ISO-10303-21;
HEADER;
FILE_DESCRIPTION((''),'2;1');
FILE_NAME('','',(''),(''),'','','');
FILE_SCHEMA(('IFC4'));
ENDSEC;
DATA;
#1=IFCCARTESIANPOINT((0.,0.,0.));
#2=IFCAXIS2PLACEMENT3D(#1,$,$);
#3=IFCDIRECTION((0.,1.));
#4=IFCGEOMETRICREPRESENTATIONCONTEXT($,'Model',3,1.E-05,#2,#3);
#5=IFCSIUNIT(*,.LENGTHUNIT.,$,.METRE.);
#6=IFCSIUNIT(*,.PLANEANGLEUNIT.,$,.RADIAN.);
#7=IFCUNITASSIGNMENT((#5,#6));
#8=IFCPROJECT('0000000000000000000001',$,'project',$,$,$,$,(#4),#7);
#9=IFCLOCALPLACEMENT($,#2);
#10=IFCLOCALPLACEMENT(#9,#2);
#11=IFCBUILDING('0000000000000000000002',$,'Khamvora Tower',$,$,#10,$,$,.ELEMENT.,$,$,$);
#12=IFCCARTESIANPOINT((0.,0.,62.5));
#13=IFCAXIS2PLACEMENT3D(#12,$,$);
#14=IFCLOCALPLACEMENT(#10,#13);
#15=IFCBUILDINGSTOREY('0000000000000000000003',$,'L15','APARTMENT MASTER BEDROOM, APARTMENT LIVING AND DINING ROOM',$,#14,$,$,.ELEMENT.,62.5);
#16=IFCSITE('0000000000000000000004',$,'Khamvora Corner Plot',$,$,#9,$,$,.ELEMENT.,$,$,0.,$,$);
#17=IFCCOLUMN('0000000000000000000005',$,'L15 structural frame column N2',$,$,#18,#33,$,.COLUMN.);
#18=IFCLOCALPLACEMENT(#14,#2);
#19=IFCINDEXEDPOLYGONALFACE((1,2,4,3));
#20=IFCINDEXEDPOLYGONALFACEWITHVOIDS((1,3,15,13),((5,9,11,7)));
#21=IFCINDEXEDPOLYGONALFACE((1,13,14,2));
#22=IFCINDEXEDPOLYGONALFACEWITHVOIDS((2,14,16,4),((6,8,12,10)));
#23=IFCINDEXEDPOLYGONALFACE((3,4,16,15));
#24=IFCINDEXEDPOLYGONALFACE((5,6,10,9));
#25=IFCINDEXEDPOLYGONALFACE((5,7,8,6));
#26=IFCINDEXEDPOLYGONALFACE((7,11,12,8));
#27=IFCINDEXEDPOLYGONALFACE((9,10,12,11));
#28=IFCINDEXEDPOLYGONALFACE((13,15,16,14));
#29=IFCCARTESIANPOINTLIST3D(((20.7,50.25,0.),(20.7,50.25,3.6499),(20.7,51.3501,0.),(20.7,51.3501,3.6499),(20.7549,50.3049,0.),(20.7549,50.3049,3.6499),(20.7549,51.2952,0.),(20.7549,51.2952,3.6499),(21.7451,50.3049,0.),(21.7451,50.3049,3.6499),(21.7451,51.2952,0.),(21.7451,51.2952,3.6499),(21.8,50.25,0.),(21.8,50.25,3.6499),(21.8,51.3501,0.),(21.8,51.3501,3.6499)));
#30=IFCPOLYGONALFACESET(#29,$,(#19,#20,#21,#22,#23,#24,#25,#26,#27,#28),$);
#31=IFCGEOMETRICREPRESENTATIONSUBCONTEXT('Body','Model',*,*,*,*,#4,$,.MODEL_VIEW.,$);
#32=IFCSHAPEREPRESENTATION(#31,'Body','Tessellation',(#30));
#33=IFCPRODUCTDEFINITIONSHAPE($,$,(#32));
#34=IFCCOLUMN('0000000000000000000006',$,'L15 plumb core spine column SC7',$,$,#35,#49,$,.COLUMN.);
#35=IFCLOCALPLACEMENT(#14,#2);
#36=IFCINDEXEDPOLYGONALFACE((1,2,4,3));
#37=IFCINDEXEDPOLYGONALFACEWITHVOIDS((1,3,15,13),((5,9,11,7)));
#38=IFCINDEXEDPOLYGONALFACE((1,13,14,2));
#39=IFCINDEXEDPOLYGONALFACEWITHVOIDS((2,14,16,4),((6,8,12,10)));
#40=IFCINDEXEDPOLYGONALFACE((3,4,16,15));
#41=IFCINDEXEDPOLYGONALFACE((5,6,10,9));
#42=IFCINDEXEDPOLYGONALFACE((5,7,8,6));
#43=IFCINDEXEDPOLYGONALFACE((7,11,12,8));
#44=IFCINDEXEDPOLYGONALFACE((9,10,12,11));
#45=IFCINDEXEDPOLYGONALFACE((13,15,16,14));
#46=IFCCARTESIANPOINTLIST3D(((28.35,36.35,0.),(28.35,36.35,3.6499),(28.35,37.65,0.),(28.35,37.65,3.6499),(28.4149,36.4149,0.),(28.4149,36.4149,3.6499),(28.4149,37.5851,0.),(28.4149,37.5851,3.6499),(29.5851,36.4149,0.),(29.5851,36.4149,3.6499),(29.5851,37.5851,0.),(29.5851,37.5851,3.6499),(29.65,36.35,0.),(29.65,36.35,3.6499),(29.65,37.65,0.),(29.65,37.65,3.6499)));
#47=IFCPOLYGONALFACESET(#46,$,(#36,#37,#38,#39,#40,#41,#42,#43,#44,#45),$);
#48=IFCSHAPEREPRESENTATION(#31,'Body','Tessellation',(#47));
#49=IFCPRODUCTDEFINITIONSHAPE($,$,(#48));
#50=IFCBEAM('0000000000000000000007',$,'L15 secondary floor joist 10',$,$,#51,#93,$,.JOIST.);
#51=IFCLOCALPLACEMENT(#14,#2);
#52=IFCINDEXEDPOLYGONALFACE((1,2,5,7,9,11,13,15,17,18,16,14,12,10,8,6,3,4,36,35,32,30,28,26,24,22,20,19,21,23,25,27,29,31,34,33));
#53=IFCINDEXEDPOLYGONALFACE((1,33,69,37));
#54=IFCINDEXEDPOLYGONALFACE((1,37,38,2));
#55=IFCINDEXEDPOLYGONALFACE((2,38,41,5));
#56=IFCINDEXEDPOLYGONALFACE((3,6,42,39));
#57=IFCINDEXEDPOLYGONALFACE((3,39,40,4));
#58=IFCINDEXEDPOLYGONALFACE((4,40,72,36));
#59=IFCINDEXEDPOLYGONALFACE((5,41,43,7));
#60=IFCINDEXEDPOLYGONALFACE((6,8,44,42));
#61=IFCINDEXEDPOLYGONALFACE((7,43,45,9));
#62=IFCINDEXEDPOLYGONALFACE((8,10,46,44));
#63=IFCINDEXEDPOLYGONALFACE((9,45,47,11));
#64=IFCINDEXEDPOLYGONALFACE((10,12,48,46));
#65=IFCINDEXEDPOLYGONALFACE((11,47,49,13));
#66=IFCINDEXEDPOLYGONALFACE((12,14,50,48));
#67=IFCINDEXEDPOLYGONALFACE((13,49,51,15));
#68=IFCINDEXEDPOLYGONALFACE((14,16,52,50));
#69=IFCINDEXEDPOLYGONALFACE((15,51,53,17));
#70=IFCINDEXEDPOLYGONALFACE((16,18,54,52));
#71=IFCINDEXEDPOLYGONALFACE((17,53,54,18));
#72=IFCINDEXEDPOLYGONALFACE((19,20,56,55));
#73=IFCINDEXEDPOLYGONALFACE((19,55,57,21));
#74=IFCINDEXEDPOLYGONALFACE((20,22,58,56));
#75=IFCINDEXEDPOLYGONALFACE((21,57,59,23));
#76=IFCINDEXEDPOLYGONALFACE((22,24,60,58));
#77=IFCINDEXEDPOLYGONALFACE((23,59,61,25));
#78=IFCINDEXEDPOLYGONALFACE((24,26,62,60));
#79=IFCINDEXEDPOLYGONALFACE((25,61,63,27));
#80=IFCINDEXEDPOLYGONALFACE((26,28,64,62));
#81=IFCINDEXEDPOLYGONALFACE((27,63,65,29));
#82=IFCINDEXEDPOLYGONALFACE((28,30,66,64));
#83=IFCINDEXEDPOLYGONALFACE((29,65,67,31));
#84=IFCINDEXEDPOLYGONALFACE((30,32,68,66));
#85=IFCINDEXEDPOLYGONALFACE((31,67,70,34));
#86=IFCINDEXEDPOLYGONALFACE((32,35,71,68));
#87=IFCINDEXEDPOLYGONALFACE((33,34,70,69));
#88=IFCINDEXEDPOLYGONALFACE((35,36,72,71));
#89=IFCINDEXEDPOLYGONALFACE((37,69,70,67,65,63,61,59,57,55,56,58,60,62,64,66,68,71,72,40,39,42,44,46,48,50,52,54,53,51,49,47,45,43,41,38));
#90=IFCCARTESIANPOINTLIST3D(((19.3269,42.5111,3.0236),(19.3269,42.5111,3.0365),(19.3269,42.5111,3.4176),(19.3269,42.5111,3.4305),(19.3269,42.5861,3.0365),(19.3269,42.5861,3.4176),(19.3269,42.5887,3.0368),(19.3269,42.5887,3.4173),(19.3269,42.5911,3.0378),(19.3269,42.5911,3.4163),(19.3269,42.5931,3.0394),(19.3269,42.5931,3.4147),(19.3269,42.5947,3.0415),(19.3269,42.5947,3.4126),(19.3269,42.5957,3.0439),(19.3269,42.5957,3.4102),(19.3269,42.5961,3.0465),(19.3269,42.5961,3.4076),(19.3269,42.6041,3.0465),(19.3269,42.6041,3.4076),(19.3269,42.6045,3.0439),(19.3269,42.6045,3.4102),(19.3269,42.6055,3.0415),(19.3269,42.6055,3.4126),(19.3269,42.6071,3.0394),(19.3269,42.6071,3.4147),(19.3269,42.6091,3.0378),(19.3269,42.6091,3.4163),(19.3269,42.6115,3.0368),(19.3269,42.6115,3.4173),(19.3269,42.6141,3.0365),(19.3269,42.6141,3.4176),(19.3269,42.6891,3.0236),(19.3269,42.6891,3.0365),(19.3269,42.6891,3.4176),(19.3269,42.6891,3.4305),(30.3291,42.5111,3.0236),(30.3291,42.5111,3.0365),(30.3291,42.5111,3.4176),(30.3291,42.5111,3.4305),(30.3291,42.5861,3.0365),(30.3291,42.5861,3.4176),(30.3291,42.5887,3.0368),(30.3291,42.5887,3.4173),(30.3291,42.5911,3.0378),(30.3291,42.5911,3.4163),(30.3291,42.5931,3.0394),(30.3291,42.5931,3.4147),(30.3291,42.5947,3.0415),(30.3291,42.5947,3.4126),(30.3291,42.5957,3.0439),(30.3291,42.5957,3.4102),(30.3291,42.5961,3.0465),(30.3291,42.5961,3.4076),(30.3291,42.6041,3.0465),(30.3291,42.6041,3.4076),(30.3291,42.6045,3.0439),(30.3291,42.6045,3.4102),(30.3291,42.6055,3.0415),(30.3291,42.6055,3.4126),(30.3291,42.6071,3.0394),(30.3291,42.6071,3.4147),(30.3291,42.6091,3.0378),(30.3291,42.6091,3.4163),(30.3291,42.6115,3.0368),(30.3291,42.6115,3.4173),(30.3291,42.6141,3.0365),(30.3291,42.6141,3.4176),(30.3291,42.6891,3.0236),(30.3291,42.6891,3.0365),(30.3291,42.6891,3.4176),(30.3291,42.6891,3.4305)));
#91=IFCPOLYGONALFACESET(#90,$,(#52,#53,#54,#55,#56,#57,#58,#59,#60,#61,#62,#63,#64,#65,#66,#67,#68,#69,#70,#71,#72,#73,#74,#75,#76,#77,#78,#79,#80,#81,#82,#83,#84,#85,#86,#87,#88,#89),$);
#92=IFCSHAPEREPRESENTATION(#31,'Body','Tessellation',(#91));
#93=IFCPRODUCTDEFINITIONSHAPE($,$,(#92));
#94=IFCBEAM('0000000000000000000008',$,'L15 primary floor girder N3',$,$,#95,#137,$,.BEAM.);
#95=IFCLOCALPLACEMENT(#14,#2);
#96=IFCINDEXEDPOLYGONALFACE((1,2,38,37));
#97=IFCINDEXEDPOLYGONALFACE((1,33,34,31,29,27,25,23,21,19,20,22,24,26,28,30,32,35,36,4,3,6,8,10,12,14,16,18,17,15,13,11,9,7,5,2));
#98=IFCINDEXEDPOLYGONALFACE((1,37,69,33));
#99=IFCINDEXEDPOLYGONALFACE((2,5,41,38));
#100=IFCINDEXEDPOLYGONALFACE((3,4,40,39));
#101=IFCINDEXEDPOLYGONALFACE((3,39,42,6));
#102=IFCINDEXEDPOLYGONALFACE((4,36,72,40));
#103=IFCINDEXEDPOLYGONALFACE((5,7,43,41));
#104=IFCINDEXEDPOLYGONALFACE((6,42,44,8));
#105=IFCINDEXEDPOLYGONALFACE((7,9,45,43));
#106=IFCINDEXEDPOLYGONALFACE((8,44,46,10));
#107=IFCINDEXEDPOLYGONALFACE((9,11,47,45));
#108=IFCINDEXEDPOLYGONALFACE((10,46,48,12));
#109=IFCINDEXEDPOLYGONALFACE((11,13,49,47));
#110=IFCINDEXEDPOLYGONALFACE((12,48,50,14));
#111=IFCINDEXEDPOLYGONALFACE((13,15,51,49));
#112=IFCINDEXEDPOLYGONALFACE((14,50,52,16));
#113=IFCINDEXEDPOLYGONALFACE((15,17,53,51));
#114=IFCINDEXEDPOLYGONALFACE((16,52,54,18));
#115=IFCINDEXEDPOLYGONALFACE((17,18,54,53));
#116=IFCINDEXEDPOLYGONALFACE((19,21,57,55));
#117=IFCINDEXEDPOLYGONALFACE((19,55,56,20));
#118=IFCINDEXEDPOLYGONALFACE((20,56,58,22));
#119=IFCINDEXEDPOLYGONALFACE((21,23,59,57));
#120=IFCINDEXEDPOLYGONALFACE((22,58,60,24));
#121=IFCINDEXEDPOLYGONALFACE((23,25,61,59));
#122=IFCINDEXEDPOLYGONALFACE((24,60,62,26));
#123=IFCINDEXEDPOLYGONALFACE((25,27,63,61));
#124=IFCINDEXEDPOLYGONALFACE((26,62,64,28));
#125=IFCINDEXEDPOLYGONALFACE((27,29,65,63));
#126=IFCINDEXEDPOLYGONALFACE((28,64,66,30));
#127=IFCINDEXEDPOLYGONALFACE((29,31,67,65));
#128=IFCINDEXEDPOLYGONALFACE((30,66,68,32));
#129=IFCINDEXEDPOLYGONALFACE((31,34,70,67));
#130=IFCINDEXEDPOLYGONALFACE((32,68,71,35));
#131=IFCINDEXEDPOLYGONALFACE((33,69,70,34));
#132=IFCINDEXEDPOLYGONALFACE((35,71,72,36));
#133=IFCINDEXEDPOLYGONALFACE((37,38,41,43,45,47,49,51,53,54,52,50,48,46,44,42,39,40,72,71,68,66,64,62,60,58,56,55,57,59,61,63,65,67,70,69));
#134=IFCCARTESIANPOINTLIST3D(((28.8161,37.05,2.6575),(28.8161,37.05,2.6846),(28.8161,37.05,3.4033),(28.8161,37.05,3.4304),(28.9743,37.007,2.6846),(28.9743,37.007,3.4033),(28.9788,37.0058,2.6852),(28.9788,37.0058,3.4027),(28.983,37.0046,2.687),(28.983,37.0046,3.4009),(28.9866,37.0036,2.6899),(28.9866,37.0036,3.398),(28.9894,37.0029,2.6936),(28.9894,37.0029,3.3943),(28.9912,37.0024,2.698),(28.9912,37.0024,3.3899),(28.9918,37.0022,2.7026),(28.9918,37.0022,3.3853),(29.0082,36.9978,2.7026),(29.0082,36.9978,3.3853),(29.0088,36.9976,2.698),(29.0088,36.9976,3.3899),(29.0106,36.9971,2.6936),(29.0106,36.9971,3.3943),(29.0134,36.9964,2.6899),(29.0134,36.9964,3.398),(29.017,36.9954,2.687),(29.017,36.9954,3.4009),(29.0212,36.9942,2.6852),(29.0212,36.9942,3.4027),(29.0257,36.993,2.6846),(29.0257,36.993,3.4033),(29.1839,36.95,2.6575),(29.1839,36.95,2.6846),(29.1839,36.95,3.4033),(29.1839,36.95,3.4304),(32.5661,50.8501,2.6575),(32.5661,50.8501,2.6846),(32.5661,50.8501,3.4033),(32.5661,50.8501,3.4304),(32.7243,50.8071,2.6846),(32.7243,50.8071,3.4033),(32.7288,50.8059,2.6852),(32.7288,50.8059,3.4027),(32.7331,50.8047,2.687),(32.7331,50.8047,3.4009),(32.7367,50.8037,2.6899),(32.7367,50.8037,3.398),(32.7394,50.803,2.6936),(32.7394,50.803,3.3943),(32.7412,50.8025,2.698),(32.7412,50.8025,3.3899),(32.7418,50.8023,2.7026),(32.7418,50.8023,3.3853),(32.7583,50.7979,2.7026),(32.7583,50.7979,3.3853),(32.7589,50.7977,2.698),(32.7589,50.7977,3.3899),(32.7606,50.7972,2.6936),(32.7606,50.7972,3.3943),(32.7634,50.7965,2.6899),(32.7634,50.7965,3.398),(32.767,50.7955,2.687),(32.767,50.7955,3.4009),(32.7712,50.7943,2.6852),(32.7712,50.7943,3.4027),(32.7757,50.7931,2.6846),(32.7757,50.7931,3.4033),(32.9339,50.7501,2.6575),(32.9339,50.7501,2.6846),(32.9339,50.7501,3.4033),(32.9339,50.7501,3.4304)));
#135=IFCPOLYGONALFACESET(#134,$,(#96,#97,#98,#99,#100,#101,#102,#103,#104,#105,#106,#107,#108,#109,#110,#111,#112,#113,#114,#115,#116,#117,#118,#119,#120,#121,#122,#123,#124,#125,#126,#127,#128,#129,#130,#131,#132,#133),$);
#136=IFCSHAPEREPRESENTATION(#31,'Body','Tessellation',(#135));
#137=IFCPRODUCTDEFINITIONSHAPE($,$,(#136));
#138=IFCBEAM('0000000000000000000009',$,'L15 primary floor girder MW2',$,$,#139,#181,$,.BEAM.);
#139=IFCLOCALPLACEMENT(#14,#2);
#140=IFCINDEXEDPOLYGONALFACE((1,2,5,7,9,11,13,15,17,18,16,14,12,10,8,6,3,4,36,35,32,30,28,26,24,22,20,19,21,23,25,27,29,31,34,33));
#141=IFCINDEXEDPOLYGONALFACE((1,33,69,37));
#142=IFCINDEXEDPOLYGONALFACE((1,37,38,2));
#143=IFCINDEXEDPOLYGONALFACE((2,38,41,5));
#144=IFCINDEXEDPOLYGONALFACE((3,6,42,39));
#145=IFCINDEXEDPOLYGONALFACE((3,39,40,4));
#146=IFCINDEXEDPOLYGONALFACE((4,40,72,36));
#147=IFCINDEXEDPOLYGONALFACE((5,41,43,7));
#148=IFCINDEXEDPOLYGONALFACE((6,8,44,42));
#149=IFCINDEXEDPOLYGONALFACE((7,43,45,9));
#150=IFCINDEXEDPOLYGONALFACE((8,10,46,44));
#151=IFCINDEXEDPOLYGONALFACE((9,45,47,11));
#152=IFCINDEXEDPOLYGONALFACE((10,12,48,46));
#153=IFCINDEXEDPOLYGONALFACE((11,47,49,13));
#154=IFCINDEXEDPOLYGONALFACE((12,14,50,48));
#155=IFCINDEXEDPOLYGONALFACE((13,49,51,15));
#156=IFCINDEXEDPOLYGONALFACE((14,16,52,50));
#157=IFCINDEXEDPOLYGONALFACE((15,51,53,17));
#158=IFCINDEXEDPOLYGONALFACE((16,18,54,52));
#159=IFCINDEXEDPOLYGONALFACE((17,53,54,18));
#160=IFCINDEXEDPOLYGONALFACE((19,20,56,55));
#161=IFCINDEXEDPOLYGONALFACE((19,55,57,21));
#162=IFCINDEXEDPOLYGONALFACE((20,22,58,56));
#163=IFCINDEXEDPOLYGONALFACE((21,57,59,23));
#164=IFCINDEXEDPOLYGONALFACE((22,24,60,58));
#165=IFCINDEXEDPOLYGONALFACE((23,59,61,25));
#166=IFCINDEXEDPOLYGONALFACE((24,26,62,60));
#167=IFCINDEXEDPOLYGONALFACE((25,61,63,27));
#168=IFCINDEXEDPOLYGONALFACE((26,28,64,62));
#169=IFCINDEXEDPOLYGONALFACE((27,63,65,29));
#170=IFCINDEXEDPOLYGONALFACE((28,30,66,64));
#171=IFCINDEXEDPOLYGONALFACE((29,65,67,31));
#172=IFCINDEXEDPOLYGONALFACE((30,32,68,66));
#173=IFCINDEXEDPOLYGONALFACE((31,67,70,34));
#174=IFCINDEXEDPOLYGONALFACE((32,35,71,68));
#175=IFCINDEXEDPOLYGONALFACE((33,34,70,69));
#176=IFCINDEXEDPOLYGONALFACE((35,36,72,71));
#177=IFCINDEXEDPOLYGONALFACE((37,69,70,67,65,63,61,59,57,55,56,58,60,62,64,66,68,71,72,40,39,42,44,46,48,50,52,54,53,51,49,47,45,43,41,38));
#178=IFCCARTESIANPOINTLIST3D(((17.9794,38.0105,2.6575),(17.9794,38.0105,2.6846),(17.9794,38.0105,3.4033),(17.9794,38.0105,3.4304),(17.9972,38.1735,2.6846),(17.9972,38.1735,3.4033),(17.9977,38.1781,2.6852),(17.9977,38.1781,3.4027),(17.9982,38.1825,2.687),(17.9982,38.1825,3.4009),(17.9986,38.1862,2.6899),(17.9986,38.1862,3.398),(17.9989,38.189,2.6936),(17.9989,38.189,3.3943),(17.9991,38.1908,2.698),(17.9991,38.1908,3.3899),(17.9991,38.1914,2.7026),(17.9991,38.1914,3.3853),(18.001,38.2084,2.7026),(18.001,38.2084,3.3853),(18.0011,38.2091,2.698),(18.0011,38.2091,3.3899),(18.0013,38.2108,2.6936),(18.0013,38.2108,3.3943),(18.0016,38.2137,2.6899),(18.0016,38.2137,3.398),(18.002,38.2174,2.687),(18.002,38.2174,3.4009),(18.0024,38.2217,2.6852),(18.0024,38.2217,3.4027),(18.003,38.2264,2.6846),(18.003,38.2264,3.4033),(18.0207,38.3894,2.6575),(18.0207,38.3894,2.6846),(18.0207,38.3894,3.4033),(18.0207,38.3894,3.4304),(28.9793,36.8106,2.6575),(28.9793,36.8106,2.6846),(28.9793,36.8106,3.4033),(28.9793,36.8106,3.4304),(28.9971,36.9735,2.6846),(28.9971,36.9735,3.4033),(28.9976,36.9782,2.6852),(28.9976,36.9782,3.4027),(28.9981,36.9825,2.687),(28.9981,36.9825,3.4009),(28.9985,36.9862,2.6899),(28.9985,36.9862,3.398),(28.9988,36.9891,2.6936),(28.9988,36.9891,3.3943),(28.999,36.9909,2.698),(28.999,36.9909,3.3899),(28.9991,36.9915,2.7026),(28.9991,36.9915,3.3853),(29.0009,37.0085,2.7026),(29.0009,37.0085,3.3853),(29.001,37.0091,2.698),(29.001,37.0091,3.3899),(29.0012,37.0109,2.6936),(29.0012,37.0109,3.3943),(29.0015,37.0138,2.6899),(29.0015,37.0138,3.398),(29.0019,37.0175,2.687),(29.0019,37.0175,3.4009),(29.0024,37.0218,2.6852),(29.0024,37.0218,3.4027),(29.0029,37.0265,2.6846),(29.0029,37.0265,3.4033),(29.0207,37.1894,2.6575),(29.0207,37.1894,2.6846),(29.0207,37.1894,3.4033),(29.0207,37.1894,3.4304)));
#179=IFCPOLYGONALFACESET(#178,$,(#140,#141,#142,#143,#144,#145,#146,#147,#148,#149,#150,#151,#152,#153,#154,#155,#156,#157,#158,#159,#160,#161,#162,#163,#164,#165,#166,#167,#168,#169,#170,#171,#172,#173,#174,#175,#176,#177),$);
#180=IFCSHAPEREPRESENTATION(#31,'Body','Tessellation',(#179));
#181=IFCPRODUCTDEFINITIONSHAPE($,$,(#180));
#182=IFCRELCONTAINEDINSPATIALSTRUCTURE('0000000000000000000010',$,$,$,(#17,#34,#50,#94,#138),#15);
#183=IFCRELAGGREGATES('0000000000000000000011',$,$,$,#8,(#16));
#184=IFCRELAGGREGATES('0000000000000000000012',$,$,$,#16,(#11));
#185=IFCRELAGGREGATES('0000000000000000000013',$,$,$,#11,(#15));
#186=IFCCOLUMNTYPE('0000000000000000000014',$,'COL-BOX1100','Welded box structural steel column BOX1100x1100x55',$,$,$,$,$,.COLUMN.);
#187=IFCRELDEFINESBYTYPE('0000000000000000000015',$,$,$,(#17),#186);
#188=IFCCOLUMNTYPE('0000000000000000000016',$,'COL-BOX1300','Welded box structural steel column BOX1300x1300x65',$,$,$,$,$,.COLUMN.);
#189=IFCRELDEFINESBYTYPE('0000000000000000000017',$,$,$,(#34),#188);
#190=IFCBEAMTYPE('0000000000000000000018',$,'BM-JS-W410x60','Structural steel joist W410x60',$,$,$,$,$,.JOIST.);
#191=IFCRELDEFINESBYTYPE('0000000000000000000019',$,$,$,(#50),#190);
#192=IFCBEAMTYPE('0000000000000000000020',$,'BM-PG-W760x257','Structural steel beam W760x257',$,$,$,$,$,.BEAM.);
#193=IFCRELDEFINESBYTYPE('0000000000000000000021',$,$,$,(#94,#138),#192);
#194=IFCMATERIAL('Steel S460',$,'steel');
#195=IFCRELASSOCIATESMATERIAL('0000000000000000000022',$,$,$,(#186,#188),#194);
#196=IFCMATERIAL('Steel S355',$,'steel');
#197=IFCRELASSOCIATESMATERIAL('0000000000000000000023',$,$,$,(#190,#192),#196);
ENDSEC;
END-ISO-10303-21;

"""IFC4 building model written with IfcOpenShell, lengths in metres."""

from ifc_helpers import new_model, si_unit, direction, frame, origin, origin_2d, place, context, subcontext, project, spatial, hollow_rectangle, i_section, extrude, material, material_profile, profile_set, type_object, element, save


model = new_model("IFC4")

# Units and contexts
model_context = context("Model", 3, precision=1e-05, world=origin(), true_north=direction((0.0, 1.0)))
body_context = subcontext(model_context, "Body", "Model", "MODEL_VIEW")
ifc_project = project(units=[si_unit("LENGTHUNIT", "METRE"), si_unit("PLANEANGLEUNIT", "RADIAN")], contexts=[model_context])

# Site, building, storey
site_placement = place(None, origin())
site = spatial("IfcSite", under=ifc_project, at=site_placement, Name="Khamvora Corner Plot", CompositionType="ELEMENT", RefElevation=0.0)
building_placement = place(site_placement, origin())
building = spatial("IfcBuilding", under=site, at=building_placement, Name="Khamvora Tower", CompositionType="ELEMENT")
storey_placement = place(building_placement, frame((0.0, 0.0, 62.5)))
storey = spatial("IfcBuildingStorey", under=building, at=storey_placement, Name="L15", Description="APARTMENT MASTER BEDROOM, APARTMENT LIVING AND DINING ROOM", CompositionType="ELEMENT", Elevation=62.5)

# Columns
ifc_material_1 = material(Name="Steel S460", Category="steel")
ifc_material_profile_1 = material_profile(ifc_material_1, hollow_rectangle(XDim=1.1001, YDim=1.1001, WallThickness=0.0549, at=origin_2d()), Name="BOX1100x1100x55")
ifc_profile_set_1 = profile_set([ifc_material_profile_1], Name="Steel S460")
column_type_1 = type_object("IfcColumnType", Name="COL-BOX1100", Description="Welded box structural steel column BOX1100x1100x55", PredefinedType="COLUMN", material=ifc_profile_set_1)
column_1_placement = place(storey_placement, frame((21.25, 50.8, 0.0), z_axis=(0.0, 0.0, 1.0), x_axis=(1.0, 0.0, 0.0)))
element("IfcColumn", 1, at=column_1_placement, inside=storey, type_object=column_type_1, Name="L15 structural frame column N2", PredefinedType="COLUMN", context=body_context, shape_type="SweptSolid", body=[
    extrude(hollow_rectangle(XDim=1.1001, YDim=1.1001, WallThickness=0.0549, at=origin_2d()), origin(), (0.0, 0.0, 1.0), 3.6499),
])
ifc_material_profile_2 = material_profile(ifc_material_1, hollow_rectangle(XDim=1.3, YDim=1.3, WallThickness=0.0649, at=origin_2d()), Name="BOX1300x1300x65")
ifc_profile_set_2 = profile_set([ifc_material_profile_2], Name="Steel S460")
column_type_2 = type_object("IfcColumnType", Name="COL-BOX1300", Description="Welded box structural steel column BOX1300x1300x65", PredefinedType="COLUMN", material=ifc_profile_set_2)
column_2_placement = place(storey_placement, frame((29.0, 37.0, 0.0), z_axis=(0.0, 0.0, 1.0), x_axis=(1.0, 0.0, 0.0)))
element("IfcColumn", 2, at=column_2_placement, inside=storey, type_object=column_type_2, Name="L15 plumb core spine column SC7", PredefinedType="COLUMN", context=body_context, shape_type="SweptSolid", body=[
    extrude(hollow_rectangle(XDim=1.3, YDim=1.3, WallThickness=0.0649, at=origin_2d()), origin(), (0.0, 0.0, 1.0), 3.6499),
])

# Beams
ifc_material_2 = material(Name="Steel S355", Category="steel")
ifc_material_profile_3 = material_profile(ifc_material_2, i_section(OverallWidth=0.178, OverallDepth=0.407, WebThickness=0.0081, FlangeThickness=0.0129, FilletRadius=0.01, at=origin_2d()), Name="W410x60")
ifc_profile_set_3 = profile_set([ifc_material_profile_3], Name="Steel S355")
beam_type_1 = type_object("IfcBeamType", Name="BM-JS-W410x60", Description="Structural steel joist W410x60", PredefinedType="JOIST", material=ifc_profile_set_3)
beam_1_placement = place(storey_placement, frame((19.3269, 42.6001, 3.2271), z_axis=(1.0, 0.0, 0.0), x_axis=(0.0, 1.0, 0.0)))
element("IfcBeam", 3, at=beam_1_placement, inside=storey, type_object=beam_type_1, Name="L15 secondary floor joist 10", PredefinedType="JOIST", context=body_context, shape_type="SweptSolid", body=[
    extrude(i_section(OverallWidth=0.178, OverallDepth=0.407, WebThickness=0.0081, FlangeThickness=0.0129, FilletRadius=0.01, at=origin_2d()), origin(), (0.0, 0.0, 1.0), 11.0022),
])
ifc_material_profile_4 = material_profile(ifc_material_2, i_section(OverallWidth=0.3811, OverallDepth=0.7729, WebThickness=0.0171, FlangeThickness=0.0271, FilletRadius=0.0181, at=origin_2d()), Name="W760x257")
ifc_profile_set_4 = profile_set([ifc_material_profile_4], Name="Steel S355")
beam_type_2 = type_object("IfcBeamType", Name="BM-PG-W760x257", Description="Structural steel beam W760x257", PredefinedType="BEAM", material=ifc_profile_set_4)
beam_2_placement = place(storey_placement, frame((29.0, 37.0, 3.0439), z_axis=(0.262229, 0.965006, 0.0), x_axis=(-0.965006, 0.262229, 0.0)))
element("IfcBeam", 4, at=beam_2_placement, inside=storey, type_object=beam_type_2, Name="L15 primary floor girder N3", PredefinedType="BEAM", context=body_context, shape_type="SweptSolid", body=[
    extrude(i_section(OverallWidth=0.3811, OverallDepth=0.7729, WebThickness=0.0171, FlangeThickness=0.0271, FilletRadius=0.0181, at=origin_2d()), origin(), (0.0, 0.0, 1.0), 14.3005),
])
beam_3_placement = place(storey_placement, frame((29.0, 37.0, 3.0439), z_axis=(-0.994103, 0.108443, 0.0), x_axis=(-0.108443, -0.994103, 0.0)))
element("IfcBeam", 5, at=beam_3_placement, inside=storey, type_object=beam_type_2, Name="L15 primary floor girder MW2", PredefinedType="BEAM", context=body_context, shape_type="SweptSolid", body=[
    extrude(i_section(OverallWidth=0.3811, OverallDepth=0.7729, WebThickness=0.0171, FlangeThickness=0.0271, FilletRadius=0.0181, at=origin_2d()), origin(), (0.0, 0.0, 1.0), 11.0652),
])

save(model, "model.ifc")
